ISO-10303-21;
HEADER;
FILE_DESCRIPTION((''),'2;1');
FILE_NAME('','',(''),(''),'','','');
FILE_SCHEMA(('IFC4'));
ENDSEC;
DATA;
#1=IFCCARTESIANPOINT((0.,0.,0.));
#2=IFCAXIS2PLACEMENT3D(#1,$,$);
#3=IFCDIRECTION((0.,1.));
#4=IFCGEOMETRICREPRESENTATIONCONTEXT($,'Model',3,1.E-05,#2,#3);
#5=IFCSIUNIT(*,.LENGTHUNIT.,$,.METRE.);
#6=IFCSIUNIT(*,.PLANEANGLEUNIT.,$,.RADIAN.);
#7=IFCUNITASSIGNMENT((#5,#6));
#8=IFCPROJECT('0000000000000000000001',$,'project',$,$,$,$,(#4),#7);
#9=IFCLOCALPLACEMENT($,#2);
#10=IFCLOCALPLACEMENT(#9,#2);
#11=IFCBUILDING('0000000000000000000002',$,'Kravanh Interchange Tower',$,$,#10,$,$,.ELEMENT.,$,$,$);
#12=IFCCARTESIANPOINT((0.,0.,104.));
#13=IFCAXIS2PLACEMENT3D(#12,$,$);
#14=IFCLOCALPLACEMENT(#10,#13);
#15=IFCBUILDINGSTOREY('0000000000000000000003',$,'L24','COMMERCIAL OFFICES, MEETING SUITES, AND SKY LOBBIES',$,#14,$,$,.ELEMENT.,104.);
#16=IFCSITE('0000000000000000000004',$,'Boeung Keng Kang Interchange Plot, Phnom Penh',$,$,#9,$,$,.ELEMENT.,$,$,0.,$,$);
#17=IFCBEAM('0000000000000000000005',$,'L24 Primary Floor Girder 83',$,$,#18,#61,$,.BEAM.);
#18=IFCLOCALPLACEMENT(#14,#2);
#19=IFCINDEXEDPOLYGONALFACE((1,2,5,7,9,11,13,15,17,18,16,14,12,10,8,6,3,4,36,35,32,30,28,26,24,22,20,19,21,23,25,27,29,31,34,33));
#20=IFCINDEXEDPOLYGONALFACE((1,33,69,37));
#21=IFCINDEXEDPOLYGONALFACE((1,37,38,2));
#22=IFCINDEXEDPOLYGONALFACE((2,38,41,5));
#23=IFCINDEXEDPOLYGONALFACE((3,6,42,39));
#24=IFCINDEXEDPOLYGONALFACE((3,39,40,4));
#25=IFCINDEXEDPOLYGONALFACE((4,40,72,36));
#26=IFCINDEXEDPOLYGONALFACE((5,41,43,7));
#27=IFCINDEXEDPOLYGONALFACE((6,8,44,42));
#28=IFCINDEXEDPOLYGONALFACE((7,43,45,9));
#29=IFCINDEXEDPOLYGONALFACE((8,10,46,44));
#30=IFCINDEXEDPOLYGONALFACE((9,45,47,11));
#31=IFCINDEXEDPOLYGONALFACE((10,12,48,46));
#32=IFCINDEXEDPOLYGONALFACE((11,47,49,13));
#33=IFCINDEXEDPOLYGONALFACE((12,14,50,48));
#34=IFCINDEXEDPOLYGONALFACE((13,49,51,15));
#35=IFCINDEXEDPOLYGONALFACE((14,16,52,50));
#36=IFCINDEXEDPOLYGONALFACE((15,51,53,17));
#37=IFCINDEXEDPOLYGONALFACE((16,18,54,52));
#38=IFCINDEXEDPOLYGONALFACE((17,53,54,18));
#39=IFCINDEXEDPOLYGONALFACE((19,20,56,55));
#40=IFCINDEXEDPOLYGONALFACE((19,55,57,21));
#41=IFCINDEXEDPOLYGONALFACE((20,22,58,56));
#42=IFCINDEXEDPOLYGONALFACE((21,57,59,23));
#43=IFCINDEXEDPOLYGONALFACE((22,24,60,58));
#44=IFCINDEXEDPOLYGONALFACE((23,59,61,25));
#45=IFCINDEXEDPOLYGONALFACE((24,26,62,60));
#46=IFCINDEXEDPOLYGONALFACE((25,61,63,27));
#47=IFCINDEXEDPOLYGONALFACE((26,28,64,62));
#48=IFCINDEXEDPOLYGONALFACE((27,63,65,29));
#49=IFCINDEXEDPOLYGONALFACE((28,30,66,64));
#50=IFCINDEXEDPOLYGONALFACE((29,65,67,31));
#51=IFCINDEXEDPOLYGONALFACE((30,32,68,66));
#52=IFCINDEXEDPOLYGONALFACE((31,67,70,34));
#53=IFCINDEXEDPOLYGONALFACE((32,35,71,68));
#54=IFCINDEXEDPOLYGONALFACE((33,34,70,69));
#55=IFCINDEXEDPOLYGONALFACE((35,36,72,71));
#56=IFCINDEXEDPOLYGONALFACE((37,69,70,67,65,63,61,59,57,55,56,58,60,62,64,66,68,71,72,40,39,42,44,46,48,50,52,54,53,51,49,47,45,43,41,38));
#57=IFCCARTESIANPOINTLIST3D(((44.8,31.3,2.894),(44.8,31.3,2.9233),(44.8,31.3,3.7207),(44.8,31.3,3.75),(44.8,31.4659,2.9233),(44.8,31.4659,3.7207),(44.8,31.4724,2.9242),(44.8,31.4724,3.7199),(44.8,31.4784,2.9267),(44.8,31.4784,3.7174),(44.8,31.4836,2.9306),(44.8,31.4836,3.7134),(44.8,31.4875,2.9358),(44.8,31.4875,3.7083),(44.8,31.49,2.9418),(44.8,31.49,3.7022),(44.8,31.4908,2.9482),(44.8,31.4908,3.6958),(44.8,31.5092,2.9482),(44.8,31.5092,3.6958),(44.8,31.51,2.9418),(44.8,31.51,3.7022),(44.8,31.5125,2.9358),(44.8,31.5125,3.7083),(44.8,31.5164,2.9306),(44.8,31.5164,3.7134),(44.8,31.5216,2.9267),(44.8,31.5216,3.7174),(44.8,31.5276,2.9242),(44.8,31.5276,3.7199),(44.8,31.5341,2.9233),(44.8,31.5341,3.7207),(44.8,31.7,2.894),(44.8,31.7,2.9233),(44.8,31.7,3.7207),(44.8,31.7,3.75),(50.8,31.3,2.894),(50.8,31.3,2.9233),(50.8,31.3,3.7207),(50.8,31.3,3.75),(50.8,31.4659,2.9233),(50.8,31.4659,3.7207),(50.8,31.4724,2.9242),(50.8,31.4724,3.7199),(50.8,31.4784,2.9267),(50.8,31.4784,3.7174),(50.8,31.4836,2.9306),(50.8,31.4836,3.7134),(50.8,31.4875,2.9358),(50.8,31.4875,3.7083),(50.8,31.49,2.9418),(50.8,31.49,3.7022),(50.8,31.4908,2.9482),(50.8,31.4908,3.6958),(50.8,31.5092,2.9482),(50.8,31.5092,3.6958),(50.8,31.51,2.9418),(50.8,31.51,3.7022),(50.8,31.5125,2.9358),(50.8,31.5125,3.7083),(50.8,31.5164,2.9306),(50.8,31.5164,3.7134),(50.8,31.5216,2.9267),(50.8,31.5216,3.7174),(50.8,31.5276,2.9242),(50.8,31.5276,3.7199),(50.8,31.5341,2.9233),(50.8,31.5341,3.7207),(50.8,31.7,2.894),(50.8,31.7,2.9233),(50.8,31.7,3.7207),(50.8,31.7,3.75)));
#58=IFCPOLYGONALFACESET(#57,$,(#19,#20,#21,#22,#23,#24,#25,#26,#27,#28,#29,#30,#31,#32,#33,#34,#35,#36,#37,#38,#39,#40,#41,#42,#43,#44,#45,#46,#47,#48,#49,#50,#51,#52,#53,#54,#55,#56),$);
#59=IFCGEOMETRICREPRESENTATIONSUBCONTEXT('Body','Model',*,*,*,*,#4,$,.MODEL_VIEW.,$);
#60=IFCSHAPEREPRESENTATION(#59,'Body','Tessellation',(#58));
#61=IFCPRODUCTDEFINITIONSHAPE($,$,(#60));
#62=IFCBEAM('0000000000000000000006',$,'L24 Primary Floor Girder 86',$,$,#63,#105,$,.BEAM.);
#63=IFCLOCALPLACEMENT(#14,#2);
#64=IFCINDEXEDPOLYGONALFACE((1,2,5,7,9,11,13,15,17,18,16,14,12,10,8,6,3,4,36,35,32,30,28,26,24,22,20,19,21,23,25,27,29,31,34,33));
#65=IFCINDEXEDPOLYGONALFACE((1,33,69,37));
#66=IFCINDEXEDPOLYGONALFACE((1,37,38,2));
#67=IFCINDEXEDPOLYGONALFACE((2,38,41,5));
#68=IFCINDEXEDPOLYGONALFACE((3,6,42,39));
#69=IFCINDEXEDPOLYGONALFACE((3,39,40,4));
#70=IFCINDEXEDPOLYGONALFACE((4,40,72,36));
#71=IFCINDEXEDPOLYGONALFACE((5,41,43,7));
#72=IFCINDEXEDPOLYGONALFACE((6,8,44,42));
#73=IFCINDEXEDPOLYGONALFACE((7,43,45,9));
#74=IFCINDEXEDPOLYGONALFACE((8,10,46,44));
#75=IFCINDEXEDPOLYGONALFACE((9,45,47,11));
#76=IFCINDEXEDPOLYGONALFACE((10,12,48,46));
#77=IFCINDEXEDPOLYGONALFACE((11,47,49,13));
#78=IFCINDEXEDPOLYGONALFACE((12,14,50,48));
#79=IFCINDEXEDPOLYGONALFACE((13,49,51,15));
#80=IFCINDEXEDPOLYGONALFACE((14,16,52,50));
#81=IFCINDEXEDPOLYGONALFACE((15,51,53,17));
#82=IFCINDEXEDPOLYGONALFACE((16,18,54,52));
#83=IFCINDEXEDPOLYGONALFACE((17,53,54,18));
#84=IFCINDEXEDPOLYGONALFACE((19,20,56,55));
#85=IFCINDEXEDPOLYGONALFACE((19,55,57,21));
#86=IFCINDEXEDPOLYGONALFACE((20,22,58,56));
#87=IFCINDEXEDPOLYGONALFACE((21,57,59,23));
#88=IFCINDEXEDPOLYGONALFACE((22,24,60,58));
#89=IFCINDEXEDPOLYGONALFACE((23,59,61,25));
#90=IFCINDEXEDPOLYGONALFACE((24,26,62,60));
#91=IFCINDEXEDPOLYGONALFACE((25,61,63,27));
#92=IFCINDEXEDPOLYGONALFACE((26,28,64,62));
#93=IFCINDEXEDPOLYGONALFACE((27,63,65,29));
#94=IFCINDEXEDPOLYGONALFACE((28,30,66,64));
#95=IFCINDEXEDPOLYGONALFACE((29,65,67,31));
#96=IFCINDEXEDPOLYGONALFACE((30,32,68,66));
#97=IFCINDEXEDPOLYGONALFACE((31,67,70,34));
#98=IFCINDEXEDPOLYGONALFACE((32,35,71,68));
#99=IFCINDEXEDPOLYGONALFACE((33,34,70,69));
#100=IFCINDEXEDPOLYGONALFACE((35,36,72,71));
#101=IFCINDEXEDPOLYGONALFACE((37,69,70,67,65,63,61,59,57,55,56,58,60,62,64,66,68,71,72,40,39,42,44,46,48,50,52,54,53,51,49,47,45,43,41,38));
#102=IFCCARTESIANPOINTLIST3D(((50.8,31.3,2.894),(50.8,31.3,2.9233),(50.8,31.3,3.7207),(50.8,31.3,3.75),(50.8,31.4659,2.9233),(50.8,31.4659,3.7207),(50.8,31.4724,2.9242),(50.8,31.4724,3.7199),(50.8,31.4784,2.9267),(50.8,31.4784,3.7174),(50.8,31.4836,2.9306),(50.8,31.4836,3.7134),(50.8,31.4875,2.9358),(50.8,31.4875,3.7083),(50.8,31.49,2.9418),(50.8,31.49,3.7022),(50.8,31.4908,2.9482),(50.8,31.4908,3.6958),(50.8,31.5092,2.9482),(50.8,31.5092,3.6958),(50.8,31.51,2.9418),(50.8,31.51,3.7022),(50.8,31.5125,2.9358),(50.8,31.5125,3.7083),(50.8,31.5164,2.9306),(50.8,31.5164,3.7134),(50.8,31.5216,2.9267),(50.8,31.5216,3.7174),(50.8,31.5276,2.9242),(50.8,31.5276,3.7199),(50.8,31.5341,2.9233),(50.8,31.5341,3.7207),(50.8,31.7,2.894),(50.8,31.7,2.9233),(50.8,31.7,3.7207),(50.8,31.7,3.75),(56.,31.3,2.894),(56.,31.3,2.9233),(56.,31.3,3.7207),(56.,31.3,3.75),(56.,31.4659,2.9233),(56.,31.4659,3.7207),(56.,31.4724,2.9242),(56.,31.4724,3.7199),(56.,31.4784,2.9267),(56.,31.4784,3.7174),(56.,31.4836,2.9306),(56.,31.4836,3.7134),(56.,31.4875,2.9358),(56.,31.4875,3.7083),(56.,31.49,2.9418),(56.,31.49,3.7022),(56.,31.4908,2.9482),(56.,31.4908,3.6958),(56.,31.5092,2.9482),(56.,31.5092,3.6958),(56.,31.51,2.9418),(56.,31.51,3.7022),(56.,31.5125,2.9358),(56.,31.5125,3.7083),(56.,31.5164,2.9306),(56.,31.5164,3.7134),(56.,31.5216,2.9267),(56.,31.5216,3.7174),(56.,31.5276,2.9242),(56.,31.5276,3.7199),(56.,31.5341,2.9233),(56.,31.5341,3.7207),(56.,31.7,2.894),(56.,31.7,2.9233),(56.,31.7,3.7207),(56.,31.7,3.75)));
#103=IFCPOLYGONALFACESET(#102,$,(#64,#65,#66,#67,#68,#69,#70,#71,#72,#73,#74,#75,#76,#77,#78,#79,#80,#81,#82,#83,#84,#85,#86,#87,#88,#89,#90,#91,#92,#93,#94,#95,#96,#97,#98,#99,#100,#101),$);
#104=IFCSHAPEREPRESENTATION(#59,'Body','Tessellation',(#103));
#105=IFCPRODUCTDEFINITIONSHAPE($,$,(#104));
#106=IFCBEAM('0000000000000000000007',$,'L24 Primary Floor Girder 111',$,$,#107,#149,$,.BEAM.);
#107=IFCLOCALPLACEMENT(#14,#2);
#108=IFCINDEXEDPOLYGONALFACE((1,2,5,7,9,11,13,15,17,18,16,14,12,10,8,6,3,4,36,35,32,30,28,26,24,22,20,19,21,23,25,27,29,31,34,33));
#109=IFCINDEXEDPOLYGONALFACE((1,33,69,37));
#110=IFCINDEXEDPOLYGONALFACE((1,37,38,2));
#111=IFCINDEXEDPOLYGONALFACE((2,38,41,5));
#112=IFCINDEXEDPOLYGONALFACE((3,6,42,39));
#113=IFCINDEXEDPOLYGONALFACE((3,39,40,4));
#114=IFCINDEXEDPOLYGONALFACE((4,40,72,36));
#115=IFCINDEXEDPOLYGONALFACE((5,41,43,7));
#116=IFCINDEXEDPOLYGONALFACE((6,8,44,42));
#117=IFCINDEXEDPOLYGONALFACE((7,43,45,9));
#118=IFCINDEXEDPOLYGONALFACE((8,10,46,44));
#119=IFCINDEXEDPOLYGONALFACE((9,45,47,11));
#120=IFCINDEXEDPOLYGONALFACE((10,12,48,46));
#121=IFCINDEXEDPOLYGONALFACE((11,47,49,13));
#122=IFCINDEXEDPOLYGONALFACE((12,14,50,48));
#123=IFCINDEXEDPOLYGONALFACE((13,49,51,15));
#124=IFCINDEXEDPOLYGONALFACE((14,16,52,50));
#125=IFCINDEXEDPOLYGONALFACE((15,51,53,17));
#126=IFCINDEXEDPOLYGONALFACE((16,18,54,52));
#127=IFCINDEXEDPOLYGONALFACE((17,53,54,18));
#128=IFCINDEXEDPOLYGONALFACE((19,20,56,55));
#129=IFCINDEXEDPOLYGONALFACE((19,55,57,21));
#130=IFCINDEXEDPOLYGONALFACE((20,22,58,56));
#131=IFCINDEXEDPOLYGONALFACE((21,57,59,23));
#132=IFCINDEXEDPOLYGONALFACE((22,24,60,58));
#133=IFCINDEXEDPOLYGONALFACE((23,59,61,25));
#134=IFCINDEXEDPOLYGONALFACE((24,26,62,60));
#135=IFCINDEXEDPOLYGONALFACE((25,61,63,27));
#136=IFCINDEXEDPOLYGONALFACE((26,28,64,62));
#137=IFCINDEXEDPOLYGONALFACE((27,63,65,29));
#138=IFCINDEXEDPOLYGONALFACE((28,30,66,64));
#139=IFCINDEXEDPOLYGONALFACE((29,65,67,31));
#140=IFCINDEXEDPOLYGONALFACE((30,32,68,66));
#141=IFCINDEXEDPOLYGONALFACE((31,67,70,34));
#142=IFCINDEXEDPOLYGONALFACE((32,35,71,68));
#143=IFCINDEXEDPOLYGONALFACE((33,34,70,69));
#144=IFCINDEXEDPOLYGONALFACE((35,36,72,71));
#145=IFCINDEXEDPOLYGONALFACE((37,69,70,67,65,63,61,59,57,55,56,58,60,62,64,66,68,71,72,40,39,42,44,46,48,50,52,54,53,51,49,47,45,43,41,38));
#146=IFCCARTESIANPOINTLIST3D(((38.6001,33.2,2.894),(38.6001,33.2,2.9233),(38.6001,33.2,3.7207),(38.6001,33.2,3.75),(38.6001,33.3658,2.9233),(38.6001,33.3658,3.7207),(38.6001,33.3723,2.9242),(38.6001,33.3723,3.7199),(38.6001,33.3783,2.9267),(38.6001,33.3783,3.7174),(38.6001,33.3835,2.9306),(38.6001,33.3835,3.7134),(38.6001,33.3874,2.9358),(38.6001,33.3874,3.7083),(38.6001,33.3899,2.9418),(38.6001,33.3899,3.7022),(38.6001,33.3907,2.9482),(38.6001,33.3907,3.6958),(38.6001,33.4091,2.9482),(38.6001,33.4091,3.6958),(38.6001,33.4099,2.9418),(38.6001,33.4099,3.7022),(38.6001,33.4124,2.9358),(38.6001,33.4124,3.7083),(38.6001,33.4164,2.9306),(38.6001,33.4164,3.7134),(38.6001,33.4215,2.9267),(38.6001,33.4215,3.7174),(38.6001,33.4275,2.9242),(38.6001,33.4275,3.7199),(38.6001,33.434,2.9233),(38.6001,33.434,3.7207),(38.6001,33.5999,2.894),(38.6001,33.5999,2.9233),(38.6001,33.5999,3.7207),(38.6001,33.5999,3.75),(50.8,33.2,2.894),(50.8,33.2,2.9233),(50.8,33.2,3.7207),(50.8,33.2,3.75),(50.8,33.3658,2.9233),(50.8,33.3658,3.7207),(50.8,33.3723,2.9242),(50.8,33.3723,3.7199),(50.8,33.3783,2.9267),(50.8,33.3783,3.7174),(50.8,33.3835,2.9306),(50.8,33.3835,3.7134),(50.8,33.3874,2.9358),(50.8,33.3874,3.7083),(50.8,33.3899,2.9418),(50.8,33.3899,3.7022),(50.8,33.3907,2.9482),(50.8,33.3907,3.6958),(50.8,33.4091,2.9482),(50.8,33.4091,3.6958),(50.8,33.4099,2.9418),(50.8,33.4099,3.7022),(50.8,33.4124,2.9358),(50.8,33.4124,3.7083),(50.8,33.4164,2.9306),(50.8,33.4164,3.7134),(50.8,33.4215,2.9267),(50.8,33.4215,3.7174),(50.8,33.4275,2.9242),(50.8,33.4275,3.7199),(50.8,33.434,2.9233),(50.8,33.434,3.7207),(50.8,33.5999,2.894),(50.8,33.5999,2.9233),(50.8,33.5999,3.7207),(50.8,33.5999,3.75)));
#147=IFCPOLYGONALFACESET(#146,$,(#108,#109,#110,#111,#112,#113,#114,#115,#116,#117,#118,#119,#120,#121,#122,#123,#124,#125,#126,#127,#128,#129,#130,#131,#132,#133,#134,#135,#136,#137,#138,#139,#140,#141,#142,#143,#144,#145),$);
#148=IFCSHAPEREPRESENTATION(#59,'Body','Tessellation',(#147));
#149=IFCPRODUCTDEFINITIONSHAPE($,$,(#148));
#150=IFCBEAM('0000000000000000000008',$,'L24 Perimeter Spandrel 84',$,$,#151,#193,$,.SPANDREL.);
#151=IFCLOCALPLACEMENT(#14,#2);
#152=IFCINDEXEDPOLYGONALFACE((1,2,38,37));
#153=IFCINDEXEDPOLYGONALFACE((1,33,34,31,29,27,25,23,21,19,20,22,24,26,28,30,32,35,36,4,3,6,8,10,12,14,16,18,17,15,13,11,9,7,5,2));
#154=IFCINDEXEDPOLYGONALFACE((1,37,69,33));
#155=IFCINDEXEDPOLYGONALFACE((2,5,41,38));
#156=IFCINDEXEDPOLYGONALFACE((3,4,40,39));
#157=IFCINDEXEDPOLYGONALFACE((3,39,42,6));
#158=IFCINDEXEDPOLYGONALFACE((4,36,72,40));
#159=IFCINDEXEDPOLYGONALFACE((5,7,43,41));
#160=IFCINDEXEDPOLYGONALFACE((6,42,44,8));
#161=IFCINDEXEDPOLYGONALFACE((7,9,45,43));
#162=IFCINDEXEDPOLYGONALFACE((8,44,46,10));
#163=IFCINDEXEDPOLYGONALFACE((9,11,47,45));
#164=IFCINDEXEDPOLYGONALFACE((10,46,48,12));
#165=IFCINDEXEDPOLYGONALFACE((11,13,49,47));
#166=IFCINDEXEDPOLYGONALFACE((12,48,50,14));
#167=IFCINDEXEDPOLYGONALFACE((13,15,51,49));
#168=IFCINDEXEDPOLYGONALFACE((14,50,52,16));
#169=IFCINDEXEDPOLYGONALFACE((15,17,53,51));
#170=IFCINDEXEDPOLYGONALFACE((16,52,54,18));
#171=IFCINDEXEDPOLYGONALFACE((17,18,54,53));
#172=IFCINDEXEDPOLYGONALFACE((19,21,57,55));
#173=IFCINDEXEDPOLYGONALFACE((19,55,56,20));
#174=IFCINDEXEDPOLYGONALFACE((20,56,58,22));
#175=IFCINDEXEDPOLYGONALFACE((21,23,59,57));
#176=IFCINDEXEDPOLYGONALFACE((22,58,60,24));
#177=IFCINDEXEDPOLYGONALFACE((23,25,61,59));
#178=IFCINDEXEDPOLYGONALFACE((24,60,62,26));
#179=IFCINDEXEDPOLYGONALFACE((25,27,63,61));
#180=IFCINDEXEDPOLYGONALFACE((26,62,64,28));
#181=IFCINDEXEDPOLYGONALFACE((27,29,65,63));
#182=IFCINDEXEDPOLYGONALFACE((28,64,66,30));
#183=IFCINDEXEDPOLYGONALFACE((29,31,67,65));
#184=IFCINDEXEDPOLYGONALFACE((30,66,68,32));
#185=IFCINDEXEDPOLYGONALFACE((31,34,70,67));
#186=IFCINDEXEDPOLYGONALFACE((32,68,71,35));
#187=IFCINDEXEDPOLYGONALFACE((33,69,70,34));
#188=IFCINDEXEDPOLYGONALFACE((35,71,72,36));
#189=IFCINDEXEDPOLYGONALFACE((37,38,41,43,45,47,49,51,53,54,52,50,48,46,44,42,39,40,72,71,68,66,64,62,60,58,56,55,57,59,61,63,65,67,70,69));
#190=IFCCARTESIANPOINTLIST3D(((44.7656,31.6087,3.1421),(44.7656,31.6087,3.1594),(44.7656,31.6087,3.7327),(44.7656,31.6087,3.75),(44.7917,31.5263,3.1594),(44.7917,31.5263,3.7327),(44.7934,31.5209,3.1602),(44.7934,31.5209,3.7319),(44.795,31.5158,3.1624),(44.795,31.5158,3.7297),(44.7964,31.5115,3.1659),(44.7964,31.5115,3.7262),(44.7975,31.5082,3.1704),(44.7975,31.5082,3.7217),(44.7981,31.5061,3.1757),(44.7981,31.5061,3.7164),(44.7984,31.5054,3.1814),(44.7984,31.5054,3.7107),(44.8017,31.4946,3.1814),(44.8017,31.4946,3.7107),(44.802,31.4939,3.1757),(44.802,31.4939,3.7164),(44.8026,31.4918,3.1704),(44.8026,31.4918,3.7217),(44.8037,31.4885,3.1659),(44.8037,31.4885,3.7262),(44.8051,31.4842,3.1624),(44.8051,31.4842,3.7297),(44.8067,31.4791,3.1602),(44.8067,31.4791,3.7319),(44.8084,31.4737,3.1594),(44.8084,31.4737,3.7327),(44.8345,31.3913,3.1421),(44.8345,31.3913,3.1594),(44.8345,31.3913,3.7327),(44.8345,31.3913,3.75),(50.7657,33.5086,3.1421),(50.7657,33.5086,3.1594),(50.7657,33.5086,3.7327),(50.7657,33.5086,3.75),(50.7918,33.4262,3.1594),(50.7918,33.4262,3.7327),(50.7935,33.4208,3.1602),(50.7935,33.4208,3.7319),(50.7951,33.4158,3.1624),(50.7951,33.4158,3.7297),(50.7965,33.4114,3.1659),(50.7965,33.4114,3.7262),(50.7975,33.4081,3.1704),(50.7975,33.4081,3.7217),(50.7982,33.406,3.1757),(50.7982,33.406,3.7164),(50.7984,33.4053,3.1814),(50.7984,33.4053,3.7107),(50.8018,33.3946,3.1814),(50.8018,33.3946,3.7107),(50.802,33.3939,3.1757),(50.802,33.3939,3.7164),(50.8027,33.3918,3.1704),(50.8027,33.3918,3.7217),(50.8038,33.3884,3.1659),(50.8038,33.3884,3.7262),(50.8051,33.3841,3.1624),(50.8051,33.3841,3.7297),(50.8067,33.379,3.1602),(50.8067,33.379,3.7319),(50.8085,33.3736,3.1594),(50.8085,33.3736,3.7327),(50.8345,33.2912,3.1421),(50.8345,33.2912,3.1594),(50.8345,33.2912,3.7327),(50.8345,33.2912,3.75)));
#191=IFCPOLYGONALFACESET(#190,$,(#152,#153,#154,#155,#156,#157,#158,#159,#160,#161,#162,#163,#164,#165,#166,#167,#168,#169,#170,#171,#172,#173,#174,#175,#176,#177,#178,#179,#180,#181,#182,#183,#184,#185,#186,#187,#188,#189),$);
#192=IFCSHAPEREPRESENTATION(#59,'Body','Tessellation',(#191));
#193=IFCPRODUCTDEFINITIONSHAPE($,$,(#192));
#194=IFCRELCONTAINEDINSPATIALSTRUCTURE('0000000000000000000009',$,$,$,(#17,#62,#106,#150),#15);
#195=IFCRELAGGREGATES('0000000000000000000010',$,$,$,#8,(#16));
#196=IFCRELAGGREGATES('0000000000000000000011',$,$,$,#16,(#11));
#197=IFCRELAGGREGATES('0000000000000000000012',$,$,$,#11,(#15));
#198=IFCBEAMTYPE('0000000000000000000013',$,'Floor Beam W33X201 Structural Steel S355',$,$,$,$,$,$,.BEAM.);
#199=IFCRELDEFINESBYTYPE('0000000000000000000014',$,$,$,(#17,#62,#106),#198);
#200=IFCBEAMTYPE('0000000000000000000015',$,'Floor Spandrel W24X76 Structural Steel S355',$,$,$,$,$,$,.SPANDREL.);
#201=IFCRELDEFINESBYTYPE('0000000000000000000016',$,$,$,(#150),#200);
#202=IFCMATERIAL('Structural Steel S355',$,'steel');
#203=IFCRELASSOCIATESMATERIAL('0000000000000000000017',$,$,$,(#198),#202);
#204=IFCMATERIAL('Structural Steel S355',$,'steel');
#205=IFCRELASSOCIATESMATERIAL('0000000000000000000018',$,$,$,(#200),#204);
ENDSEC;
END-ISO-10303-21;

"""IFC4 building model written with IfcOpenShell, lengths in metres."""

from ifc_helpers import new_model, si_unit, direction, frame, origin, origin_2d, place, context, subcontext, project, spatial, i_section, extrude, material, material_profile, profile_set, type_object, element, save


model = new_model("IFC4")

# Units and contexts
model_context = context("Model", 3, precision=1e-05, world=origin(), true_north=direction((0.0, 1.0)))
body_context = subcontext(model_context, "Body", "Model", "MODEL_VIEW")
ifc_project = project(units=[si_unit("LENGTHUNIT", "METRE"), si_unit("PLANEANGLEUNIT", "RADIAN")], contexts=[model_context])

# Site, building, storey
site_placement = place(None, origin())
site = spatial("IfcSite", under=ifc_project, at=site_placement, Name="Boeung Keng Kang Interchange Plot, Phnom Penh", CompositionType="ELEMENT", RefElevation=0.0)
building_placement = place(site_placement, origin())
building = spatial("IfcBuilding", under=site, at=building_placement, Name="Kravanh Interchange Tower", CompositionType="ELEMENT")
storey_placement = place(building_placement, frame((0.0, 0.0, 104.0)))
storey = spatial("IfcBuildingStorey", under=building, at=storey_placement, Name="L24", Description="COMMERCIAL OFFICES, MEETING SUITES, AND SKY LOBBIES", CompositionType="ELEMENT", Elevation=104.0)

# Beams
ifc_material_1 = material(Name="Structural Steel S355", Category="steel")
ifc_material_profile_1 = material_profile(ifc_material_1, i_section(OverallWidth=0.3999, OverallDepth=0.856, WebThickness=0.0183, FlangeThickness=0.0293, FilletRadius=0.0249, at=origin_2d()), Name="W33X201")
ifc_profile_set_1 = profile_set([ifc_material_profile_1], Name="Structural Steel S355")
beam_type_1 = type_object("IfcBeamType", Name="Floor Beam W33X201 Structural Steel S355", PredefinedType="BEAM", material=ifc_profile_set_1)
beam_1_placement = place(storey_placement, frame((44.8, 31.5, 3.322), z_axis=(1.0, 0.0, 0.0), x_axis=(0.0, 1.0, 0.0)))
element("IfcBeam", 1, at=beam_1_placement, inside=storey, type_object=beam_type_1, Name="L24 Primary Floor Girder 83", PredefinedType="BEAM", context=body_context, shape_type="SweptSolid", body=[
    extrude(i_section(OverallWidth=0.3999, OverallDepth=0.856, WebThickness=0.0183, FlangeThickness=0.0293, FilletRadius=0.0249, at=origin_2d()), origin(), (0.0, 0.0, 1.0), 6.0),
])
beam_2_placement = place(storey_placement, frame((50.8, 31.5, 3.322), z_axis=(1.0, 0.0, 0.0), x_axis=(0.0, 1.0, 0.0)))
element("IfcBeam", 2, at=beam_2_placement, inside=storey, type_object=beam_type_1, Name="L24 Primary Floor Girder 86", PredefinedType="BEAM", context=body_context, shape_type="SweptSolid", body=[
    extrude(i_section(OverallWidth=0.3999, OverallDepth=0.856, WebThickness=0.0183, FlangeThickness=0.0293, FilletRadius=0.0249, at=origin_2d()), origin(), (0.0, 0.0, 1.0), 5.2),
])
beam_3_placement = place(storey_placement, frame((38.6001, 33.3999, 3.322), z_axis=(1.0, 0.0, 0.0), x_axis=(0.0, 1.0, 0.0)))
element("IfcBeam", 3, at=beam_3_placement, inside=storey, type_object=beam_type_1, Name="L24 Primary Floor Girder 111", PredefinedType="BEAM", context=body_context, shape_type="SweptSolid", body=[
    extrude(i_section(OverallWidth=0.3999, OverallDepth=0.856, WebThickness=0.0183, FlangeThickness=0.0293, FilletRadius=0.0249, at=origin_2d()), origin(), (0.0, 0.0, 1.0), 12.2),
])
ifc_material_2 = material(Name="Structural Steel S355", Category="steel")
ifc_material_profile_2 = material_profile(ifc_material_2, i_section(OverallWidth=0.228, OverallDepth=0.6079, WebThickness=0.0112, FlangeThickness=0.0173, FilletRadius=0.022, at=origin_2d()), Name="W24X76")
ifc_profile_set_2 = profile_set([ifc_material_profile_2], Name="Structural Steel S355")
beam_type_2 = type_object("IfcBeamType", Name="Floor Spandrel W24X76 Structural Steel S355", PredefinedType="SPANDREL", material=ifc_profile_set_2)
beam_4_placement = place(storey_placement, frame((44.8, 31.5, 3.446), z_axis=(0.953347, 0.301878, 0.0), x_axis=(-0.301878, 0.953347, 0.0)))
element("IfcBeam", 4, at=beam_4_placement, inside=storey, type_object=beam_type_2, Name="L24 Perimeter Spandrel 84", PredefinedType="SPANDREL", context=body_context, shape_type="SweptSolid", body=[
    extrude(i_section(OverallWidth=0.228, OverallDepth=0.6079, WebThickness=0.0112, FlangeThickness=0.0173, FilletRadius=0.022, at=origin_2d()), origin(), (0.0, 0.0, 1.0), 6.2937),
])

save(model, "model.ifc")
